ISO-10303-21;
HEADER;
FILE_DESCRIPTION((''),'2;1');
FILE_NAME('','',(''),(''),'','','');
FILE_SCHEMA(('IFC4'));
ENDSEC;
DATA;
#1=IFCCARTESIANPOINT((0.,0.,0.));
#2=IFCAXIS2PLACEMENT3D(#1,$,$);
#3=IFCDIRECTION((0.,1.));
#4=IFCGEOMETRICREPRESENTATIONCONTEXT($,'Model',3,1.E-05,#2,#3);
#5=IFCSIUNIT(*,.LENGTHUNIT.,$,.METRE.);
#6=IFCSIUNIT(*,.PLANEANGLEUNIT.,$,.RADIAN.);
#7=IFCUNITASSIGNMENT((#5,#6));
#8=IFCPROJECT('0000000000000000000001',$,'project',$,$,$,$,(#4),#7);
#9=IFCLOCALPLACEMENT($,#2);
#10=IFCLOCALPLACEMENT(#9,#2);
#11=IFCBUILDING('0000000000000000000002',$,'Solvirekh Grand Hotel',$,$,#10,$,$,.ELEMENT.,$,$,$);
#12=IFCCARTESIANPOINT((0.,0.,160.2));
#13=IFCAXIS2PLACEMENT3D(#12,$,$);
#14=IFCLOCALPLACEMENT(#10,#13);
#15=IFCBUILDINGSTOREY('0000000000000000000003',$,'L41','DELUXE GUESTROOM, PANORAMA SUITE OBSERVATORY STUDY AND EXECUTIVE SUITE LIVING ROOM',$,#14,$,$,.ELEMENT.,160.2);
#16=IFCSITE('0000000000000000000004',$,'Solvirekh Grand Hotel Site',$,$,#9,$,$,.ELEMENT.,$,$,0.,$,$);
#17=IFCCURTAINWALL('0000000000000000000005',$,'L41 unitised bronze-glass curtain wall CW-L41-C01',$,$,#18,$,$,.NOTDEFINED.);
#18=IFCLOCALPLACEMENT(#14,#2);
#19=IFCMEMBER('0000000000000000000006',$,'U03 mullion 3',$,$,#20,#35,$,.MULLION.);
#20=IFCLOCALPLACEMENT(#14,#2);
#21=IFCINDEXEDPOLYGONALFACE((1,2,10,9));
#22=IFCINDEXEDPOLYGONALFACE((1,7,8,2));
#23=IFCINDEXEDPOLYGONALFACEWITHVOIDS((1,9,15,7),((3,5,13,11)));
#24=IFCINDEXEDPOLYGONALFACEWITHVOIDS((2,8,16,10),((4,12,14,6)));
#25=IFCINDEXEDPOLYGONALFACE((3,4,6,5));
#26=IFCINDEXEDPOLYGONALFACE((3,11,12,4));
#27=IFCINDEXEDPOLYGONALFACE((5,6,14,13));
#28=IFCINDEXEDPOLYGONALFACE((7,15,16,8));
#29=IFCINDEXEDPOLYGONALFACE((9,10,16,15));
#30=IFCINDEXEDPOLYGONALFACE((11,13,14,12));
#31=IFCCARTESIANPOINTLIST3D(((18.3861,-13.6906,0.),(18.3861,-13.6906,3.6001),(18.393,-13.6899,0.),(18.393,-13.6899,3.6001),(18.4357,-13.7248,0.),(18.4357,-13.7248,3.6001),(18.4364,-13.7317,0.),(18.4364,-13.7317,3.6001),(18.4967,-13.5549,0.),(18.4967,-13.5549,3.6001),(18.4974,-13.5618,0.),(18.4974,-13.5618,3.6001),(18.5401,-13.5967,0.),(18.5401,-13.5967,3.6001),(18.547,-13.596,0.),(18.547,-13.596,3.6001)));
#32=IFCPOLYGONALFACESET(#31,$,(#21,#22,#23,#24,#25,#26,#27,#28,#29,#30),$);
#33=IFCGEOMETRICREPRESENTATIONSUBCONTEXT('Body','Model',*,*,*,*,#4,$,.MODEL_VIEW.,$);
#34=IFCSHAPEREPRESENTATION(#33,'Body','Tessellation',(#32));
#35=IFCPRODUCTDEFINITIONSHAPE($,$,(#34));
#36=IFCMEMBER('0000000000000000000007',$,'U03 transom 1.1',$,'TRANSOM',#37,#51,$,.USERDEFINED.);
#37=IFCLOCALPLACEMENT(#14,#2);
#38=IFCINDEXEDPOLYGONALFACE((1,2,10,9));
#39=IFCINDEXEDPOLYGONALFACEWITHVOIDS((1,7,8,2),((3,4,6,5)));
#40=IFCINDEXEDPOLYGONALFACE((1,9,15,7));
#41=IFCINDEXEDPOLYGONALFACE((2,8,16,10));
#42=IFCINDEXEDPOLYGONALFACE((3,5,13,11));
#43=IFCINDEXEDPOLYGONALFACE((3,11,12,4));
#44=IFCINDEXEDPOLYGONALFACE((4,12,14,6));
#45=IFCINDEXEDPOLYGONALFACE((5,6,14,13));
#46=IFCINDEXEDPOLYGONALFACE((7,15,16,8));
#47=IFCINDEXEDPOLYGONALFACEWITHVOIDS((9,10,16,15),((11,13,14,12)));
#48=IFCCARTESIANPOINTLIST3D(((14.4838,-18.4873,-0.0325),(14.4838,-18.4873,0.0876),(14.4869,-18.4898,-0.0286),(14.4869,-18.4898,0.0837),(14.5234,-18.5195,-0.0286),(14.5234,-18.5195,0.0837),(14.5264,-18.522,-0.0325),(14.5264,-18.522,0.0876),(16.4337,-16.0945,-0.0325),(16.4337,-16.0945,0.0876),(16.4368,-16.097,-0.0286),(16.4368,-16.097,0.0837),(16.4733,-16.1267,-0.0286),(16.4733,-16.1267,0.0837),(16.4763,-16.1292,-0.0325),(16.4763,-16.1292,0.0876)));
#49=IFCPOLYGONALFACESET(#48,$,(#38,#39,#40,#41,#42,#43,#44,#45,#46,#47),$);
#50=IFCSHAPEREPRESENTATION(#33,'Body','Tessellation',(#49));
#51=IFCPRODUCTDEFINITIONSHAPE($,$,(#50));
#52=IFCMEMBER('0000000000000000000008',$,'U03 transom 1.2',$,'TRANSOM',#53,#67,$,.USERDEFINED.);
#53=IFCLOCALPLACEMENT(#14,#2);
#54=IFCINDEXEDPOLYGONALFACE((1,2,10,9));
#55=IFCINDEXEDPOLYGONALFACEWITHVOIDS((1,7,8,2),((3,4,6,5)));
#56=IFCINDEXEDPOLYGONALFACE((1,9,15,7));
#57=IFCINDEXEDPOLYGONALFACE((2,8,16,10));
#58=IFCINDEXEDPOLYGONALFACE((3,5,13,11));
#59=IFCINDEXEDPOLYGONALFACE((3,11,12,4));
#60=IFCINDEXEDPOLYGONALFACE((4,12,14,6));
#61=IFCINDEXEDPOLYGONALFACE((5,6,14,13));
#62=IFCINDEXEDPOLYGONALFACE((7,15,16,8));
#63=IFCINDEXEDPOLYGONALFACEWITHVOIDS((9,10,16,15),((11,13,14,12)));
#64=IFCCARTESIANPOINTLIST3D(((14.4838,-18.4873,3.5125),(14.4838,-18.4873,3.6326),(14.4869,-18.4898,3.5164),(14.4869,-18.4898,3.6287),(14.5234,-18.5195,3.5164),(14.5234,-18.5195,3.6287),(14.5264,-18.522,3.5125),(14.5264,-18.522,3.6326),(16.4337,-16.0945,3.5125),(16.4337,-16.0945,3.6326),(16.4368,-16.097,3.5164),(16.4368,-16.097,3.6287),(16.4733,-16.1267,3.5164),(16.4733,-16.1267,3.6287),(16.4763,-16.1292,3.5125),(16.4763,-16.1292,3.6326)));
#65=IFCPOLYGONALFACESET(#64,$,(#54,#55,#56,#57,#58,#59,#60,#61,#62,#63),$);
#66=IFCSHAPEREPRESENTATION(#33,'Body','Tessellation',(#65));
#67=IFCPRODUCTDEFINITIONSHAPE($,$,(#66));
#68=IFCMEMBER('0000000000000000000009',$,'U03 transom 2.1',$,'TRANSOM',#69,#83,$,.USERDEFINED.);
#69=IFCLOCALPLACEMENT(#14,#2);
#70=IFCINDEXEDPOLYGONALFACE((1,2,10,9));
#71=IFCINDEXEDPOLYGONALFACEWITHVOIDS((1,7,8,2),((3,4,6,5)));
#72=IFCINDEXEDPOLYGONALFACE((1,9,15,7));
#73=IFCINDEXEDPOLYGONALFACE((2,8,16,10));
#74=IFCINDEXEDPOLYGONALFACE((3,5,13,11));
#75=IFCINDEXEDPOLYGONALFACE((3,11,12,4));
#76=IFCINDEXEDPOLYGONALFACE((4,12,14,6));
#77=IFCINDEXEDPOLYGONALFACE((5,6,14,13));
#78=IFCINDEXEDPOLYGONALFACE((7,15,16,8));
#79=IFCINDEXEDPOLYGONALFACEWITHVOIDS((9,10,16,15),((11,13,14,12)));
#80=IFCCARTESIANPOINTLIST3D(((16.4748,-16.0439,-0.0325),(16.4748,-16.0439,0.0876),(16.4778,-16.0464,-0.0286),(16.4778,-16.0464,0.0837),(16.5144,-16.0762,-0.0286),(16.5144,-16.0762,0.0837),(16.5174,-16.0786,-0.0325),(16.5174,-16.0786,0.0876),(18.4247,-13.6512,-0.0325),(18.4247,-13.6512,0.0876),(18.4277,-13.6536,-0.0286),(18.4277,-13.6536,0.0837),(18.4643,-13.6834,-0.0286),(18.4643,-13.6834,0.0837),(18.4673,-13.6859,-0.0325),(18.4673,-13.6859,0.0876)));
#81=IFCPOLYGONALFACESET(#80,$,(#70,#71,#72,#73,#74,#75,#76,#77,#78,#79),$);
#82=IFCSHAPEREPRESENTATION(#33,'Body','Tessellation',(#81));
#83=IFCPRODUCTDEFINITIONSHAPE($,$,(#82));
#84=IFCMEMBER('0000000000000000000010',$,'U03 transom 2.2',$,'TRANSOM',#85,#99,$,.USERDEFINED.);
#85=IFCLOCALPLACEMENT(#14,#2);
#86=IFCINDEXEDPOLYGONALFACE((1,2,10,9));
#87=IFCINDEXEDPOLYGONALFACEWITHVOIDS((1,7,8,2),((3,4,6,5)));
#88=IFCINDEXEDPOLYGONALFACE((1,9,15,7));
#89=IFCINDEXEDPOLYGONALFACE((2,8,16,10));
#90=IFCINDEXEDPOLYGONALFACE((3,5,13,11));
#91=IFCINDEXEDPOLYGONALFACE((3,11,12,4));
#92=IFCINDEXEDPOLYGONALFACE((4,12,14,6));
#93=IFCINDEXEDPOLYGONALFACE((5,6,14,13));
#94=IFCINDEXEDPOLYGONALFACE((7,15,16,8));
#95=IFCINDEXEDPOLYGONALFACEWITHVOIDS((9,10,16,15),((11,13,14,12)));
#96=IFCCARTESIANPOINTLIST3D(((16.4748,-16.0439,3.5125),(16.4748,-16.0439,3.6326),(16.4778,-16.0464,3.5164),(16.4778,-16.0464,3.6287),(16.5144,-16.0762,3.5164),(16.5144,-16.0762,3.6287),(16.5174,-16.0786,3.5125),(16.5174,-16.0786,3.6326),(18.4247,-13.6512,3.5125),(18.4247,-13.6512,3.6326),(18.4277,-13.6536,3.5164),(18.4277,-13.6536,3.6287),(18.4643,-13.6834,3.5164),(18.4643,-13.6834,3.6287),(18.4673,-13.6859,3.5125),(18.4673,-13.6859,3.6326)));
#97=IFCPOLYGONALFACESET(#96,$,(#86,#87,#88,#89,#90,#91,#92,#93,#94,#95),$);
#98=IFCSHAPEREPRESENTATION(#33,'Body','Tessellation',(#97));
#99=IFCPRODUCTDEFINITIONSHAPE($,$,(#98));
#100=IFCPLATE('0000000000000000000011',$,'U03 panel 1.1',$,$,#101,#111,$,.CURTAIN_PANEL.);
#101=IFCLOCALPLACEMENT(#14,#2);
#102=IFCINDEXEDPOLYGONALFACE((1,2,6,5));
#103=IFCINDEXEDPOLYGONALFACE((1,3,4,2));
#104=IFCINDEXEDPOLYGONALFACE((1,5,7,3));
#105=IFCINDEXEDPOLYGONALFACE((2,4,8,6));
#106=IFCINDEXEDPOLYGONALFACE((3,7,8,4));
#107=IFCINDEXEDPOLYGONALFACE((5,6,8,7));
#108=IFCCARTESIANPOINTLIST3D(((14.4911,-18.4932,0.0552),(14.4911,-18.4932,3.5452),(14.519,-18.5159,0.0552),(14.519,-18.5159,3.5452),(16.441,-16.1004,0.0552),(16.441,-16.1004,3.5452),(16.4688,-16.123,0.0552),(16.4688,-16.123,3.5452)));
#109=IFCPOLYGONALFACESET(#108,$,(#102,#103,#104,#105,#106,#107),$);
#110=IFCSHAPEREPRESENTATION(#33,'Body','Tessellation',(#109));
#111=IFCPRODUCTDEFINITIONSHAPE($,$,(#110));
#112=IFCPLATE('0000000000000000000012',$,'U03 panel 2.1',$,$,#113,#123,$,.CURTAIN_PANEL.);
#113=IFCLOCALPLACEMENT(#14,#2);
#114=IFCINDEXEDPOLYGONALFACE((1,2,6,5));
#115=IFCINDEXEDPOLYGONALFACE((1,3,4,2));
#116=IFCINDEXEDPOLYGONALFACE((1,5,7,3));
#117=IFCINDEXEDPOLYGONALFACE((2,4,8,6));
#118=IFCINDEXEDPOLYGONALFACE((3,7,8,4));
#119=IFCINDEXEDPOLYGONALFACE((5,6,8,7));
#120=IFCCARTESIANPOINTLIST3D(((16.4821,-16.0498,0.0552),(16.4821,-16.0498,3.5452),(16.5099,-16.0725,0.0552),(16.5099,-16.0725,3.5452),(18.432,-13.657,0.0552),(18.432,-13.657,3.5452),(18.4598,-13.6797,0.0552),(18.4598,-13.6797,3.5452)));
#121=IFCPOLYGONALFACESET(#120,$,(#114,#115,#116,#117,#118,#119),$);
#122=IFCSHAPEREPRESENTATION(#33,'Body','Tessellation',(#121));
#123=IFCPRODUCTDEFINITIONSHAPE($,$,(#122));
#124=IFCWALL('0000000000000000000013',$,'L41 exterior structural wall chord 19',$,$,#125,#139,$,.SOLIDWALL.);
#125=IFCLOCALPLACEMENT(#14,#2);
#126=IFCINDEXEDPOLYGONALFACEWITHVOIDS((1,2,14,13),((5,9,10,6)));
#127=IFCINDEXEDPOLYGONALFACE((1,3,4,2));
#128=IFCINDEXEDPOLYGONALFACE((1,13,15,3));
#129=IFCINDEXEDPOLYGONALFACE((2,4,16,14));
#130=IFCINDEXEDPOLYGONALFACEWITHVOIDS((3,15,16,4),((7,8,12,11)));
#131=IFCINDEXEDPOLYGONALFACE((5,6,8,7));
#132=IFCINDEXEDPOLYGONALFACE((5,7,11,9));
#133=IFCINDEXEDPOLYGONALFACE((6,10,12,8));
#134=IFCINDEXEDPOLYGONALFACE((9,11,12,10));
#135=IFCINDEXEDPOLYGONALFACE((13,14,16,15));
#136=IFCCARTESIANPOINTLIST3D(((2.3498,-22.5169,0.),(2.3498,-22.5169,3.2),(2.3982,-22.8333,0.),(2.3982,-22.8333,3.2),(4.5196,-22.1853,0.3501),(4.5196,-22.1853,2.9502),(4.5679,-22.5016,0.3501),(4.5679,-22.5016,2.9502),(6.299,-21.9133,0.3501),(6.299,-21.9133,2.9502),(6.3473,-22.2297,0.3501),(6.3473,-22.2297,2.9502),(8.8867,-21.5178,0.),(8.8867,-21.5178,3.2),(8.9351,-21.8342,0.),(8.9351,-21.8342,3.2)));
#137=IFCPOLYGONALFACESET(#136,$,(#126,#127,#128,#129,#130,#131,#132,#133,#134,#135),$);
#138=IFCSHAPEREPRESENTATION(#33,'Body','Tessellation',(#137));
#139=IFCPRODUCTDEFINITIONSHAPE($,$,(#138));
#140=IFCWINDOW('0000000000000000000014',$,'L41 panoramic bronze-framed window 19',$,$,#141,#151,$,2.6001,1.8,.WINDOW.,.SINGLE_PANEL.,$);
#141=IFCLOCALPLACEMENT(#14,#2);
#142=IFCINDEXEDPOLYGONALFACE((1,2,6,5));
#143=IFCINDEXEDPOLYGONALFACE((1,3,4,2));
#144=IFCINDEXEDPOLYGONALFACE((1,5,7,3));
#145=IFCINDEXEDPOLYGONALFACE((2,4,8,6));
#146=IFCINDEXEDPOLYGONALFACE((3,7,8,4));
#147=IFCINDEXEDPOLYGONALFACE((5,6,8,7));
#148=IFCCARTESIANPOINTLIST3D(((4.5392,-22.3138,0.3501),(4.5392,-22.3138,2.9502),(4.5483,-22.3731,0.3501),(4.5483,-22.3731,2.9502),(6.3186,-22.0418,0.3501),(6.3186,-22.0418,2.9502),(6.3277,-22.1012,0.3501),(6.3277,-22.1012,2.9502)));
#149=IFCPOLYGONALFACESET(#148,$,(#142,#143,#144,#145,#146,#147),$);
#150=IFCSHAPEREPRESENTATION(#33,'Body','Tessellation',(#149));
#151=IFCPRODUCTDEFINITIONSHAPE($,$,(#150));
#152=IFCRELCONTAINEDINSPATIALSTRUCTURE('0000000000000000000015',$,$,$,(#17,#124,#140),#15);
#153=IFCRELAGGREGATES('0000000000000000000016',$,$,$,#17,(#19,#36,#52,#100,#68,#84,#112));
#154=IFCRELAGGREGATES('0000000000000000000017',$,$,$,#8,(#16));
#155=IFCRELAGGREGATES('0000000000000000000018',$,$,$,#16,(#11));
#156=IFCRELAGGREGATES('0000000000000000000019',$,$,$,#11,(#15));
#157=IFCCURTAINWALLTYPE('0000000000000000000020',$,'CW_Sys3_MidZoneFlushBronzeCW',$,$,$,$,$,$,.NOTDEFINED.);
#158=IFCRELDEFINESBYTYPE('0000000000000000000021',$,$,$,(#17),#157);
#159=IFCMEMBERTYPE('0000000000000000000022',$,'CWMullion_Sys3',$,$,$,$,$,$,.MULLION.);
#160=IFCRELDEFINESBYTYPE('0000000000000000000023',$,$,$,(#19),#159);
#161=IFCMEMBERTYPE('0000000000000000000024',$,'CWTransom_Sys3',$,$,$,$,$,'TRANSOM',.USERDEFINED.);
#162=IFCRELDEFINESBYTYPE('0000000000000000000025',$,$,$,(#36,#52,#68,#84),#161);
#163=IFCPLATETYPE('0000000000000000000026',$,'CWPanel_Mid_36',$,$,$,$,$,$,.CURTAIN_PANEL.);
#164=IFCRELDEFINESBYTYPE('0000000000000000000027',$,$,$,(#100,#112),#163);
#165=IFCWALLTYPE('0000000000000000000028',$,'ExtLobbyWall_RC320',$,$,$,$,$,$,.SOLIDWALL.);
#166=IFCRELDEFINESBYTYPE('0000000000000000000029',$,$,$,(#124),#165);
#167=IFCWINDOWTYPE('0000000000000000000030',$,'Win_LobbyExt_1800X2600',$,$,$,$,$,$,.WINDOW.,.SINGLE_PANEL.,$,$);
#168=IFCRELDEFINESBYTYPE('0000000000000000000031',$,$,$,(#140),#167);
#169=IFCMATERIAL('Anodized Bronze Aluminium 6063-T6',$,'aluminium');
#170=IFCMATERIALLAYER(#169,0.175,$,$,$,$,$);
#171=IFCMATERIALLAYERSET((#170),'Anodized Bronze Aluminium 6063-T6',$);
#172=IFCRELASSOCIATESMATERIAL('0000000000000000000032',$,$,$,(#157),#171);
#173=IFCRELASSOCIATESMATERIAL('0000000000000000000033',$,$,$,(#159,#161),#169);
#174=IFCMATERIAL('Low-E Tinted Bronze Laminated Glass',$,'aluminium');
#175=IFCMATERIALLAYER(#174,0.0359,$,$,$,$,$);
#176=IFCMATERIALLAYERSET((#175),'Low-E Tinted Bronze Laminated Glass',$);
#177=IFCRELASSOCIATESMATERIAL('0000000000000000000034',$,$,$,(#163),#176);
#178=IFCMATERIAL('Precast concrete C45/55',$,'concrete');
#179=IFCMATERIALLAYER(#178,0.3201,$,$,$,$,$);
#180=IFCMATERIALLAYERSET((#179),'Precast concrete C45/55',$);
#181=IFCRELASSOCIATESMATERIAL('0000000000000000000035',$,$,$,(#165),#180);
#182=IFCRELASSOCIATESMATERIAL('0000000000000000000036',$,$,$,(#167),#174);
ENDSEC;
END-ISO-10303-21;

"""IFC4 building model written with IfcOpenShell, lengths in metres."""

from ifc_helpers import new_model, si_unit, direction, frame, frame_2d, origin, origin_2d, place, context, subcontext, project, spatial, rectangle, hollow_rectangle, extrude, source, transform, mapped, material, layer, layer_set, material_profile, profile_set, type_object, element, fill, aggregate, save


model = new_model("IFC4")

# Units and contexts
model_context = context("Model", 3, precision=1e-05, world=origin(), true_north=direction((0.0, 1.0)))
body_context = subcontext(model_context, "Body", "Model", "MODEL_VIEW")
ifc_project = project(units=[si_unit("LENGTHUNIT", "METRE"), si_unit("PLANEANGLEUNIT", "RADIAN")], contexts=[model_context])

# Site, building, storey
site_placement = place(None, origin())
site = spatial("IfcSite", under=ifc_project, at=site_placement, Name="Solvirekh Grand Hotel Site", CompositionType="ELEMENT", RefElevation=0.0)
building_placement = place(site_placement, origin())
building = spatial("IfcBuilding", under=site, at=building_placement, Name="Solvirekh Grand Hotel", CompositionType="ELEMENT")
storey_placement = place(building_placement, frame((0.0, 0.0, 160.2)))
storey = spatial("IfcBuildingStorey", under=building, at=storey_placement, Name="L41", Description="DELUXE GUESTROOM, PANORAMA SUITE OBSERVATORY STUDY AND EXECUTIVE SUITE LIVING ROOM", CompositionType="ELEMENT", Elevation=160.2)

# Curtain wall, members, plates
ifc_material_1 = material(Name="Anodized Bronze Aluminium 6063-T6", Category="aluminium")
ifc_layer_1 = layer(ifc_material_1, 0.175)
ifc_layer_set_1 = layer_set([ifc_layer_1], Name="Anodized Bronze Aluminium 6063-T6")
curtain_wall_type = type_object("IfcCurtainWallType", Name="CW_Sys3_MidZoneFlushBronzeCW", PredefinedType="NOTDEFINED", material=ifc_layer_set_1)
curtain_wall_placement = place(storey_placement, origin())
curtain_wall = element("IfcCurtainWall", 1, at=curtain_wall_placement, inside=storey, type_object=curtain_wall_type, Name="L41 unitised bronze-glass curtain wall CW-L41-C01", PredefinedType="NOTDEFINED")
ifc_material_profile_1 = material_profile(ifc_material_1, hollow_rectangle(XDim=0.0649, YDim=0.175, WallThickness=0.0049, at=origin_2d()), Name="ALU RHS 175X65X5")
ifc_profile_set_1 = profile_set([ifc_material_profile_1], Name="Anodized Bronze Aluminium 6063-T6")
member_type_1 = type_object("IfcMemberType", Name="CWMullion_Sys3", PredefinedType="MULLION", material=ifc_profile_set_1)
shared_shape_1 = source(origin(), body_context, "Body", "SweptSolid", [
    extrude(hollow_rectangle(XDim=0.0649, YDim=0.175, WallThickness=0.0049, at=origin_2d()), origin(), (0.0, 0.0, 1.0), 3.6001),
])
member_1_placement = place(storey_placement, frame((18.4666, -13.6433, 0.0), z_axis=(0.0, 0.0, 1.0), x_axis=(-0.775215, 0.631697, 0.0)))
member_1 = element("IfcMember", 2, at=member_1_placement, type_object=member_type_1, Name="U03 mullion 3", PredefinedType="MULLION", context=body_context, shape_type="MappedRepresentation", body=[
    mapped(shared_shape_1, transform((0.0, 0.0, 0.0), x_axis=(1.0, 0.0, 0.0), y_axis=(0.0, 1.0, 0.0), z_axis=(0.0, 0.0, 1.0), scale=1.0)),
])
ifc_material_profile_2 = material_profile(ifc_material_1, hollow_rectangle(XDim=0.0549, YDim=0.1201, WallThickness=0.0039, at=origin_2d()), Name="ALU RHS 120X55X4")
ifc_profile_set_2 = profile_set([ifc_material_profile_2], Name="Anodized Bronze Aluminium 6063-T6")
member_type_2 = type_object("IfcMemberType", Name="CWTransom_Sys3", ElementType="TRANSOM", PredefinedType="USERDEFINED", material=ifc_profile_set_2)
shared_shape_2 = source(origin(), body_context, "Body", "SweptSolid", [
    extrude(hollow_rectangle(XDim=0.0549, YDim=0.1201, WallThickness=0.0039, at=origin_2d()), origin(), (0.0, 0.0, 1.0), 3.0867),
])
member_2_placement = place(storey_placement, frame((14.5051, -18.5046, 0.0276), z_axis=(0.63172, 0.775196, 0.0), x_axis=(-0.775196, 0.63172, 0.0)))
member_2 = element("IfcMember", 3, at=member_2_placement, type_object=member_type_2, Name="U03 transom 1.1", ObjectType="TRANSOM", PredefinedType="USERDEFINED", context=body_context, shape_type="MappedRepresentation", body=[
    mapped(shared_shape_2, transform((0.0, 0.0, 0.0), x_axis=(1.0, 0.0, 0.0), y_axis=(0.0, 1.0, 0.0), z_axis=(0.0, 0.0, 1.0), scale=1.0)),
])
member_3_placement = place(storey_placement, frame((14.5051, -18.5046, 3.5725), z_axis=(0.63172, 0.775196, 0.0), x_axis=(-0.775196, 0.63172, 0.0)))
member_3 = element("IfcMember", 4, at=member_3_placement, type_object=member_type_2, Name="U03 transom 1.2", ObjectType="TRANSOM", PredefinedType="USERDEFINED", context=body_context, shape_type="MappedRepresentation", body=[
    mapped(shared_shape_2, transform((0.0, 0.0, 0.0), x_axis=(1.0, 0.0, 0.0), y_axis=(0.0, 1.0, 0.0), z_axis=(0.0, 0.0, 1.0), scale=1.0)),
])
member_4_placement = place(storey_placement, frame((16.4961, -16.0613, 0.0276), z_axis=(0.63172, 0.775196, 0.0), x_axis=(-0.775196, 0.63172, 0.0)))
member_4 = element("IfcMember", 5, at=member_4_placement, type_object=member_type_2, Name="U03 transom 2.1", ObjectType="TRANSOM", PredefinedType="USERDEFINED", context=body_context, shape_type="MappedRepresentation", body=[
    mapped(shared_shape_2, transform((0.0, 0.0, 0.0), x_axis=(1.0, 0.0, 0.0), y_axis=(0.0, 1.0, 0.0), z_axis=(0.0, 0.0, 1.0), scale=1.0)),
])
member_5_placement = place(storey_placement, frame((16.4961, -16.0613, 3.5725), z_axis=(0.63172, 0.775196, 0.0), x_axis=(-0.775196, 0.63172, 0.0)))
member_5 = element("IfcMember", 6, at=member_5_placement, type_object=member_type_2, Name="U03 transom 2.2", ObjectType="TRANSOM", PredefinedType="USERDEFINED", context=body_context, shape_type="MappedRepresentation", body=[
    mapped(shared_shape_2, transform((0.0, 0.0, 0.0), x_axis=(1.0, 0.0, 0.0), y_axis=(0.0, 1.0, 0.0), z_axis=(0.0, 0.0, 1.0), scale=1.0)),
])
ifc_material_2 = material(Name="Low-E Tinted Bronze Laminated Glass", Category="aluminium")
ifc_layer_2 = layer(ifc_material_2, 0.0359)
ifc_layer_set_2 = layer_set([ifc_layer_2], Name="Low-E Tinted Bronze Laminated Glass")
plate_type = type_object("IfcPlateType", Name="CWPanel_Mid_36", PredefinedType="CURTAIN_PANEL", material=ifc_layer_set_2)
shared_shape_3 = source(origin(), body_context, "Body", "SweptSolid", [
    extrude(rectangle(XDim=3.0867, YDim=0.0359, at=origin_2d()), origin(), (0.0, 0.0, 1.0), 3.49),
])
plate_1_placement = place(storey_placement, frame((15.48, -17.3081, 0.0552), z_axis=(0.0, 0.0, 1.0), x_axis=(0.631697, 0.775215, 0.0)))
plate_1 = element("IfcPlate", 7, at=plate_1_placement, type_object=plate_type, Name="U03 panel 1.1", PredefinedType="CURTAIN_PANEL", context=body_context, shape_type="MappedRepresentation", body=[
    mapped(shared_shape_3, transform((0.0, 0.0, 0.0), x_axis=(1.0, 0.0, 0.0), y_axis=(0.0, 1.0, 0.0), z_axis=(0.0, 0.0, 1.0), scale=1.0)),
])
plate_2_placement = place(storey_placement, frame((17.4709, -14.8647, 0.0552), z_axis=(0.0, 0.0, 1.0), x_axis=(0.631697, 0.775215, 0.0)))
plate_2 = element("IfcPlate", 8, at=plate_2_placement, type_object=plate_type, Name="U03 panel 2.1", PredefinedType="CURTAIN_PANEL", context=body_context, shape_type="MappedRepresentation", body=[
    mapped(shared_shape_3, transform((0.0, 0.0, 0.0), x_axis=(1.0, 0.0, 0.0), y_axis=(0.0, 1.0, 0.0), z_axis=(0.0, 0.0, 1.0), scale=1.0)),
])
aggregate(curtain_wall, [member_1, member_2, member_3, plate_1, member_4, member_5, plate_2])

# Wall, opening, window
ifc_material_3 = material(Name="Precast concrete C45/55", Category="concrete")
ifc_layer_3 = layer(ifc_material_3, 0.3201)
ifc_layer_set_3 = layer_set([ifc_layer_3], Name="Precast concrete C45/55")
wall_type_1 = type_object("IfcWallType", Name="ExtLobbyWall_RC320", PredefinedType="SOLIDWALL", material=ifc_layer_set_3)
wall_1_placement = place(storey_placement, frame((8.9109, -21.676, 0.0), z_axis=(0.0, 0.0, 1.0), x_axis=(-0.988522, -0.151075, 0.0)))
wall_1 = element("IfcWall", 9, at=wall_1_placement, inside=storey, type_object=wall_type_1, Name="L41 exterior structural wall chord 19", PredefinedType="SOLIDWALL", context=body_context, shape_type="SweptSolid", body=[
    extrude(rectangle(XDim=6.6128, YDim=0.3201, at=frame_2d((3.3064, 0.0))), origin(), (0.0, 0.0, 1.0), 3.2),
])
opening_1_placement = place(wall_1_placement, frame((2.6179, 0.0, 0.3501)))
opening_1 = element("IfcOpeningElement", 10, at=opening_1_placement, cuts=wall_1, PredefinedType="OPENING", context=body_context, shape_type="SweptSolid", body=[
    extrude(rectangle(XDim=1.8, YDim=2.6001, at=frame_2d((0.8999, 1.3))), frame((0.0, 0.1699, 0.0), z_axis=(0.0, -1.0, 0.0), x_axis=(1.0, 0.0, 0.0)), (0.0, 0.0, 1.0), 0.3401),
])
window_type = type_object("IfcWindowType", Name="Win_LobbyExt_1800X2600", PartitioningType="SINGLE_PANEL", PredefinedType="WINDOW", material=ifc_material_2)
window_1_placement = place(opening_1_placement, origin())
window_1 = element("IfcWindow", 11, at=window_1_placement, inside=storey, type_object=window_type, Name="L41 panoramic bronze-framed window 19", OverallHeight=2.6001, OverallWidth=1.8, PartitioningType="SINGLE_PANEL", PredefinedType="WINDOW", context=body_context, shape_type="SweptSolid", body=[
    extrude(rectangle(XDim=1.8, YDim=2.6001, at=frame_2d((0.8999, 1.3))), frame((0.0, 0.03, 0.0), z_axis=(0.0, -1.0, 0.0), x_axis=(1.0, 0.0, 0.0)), (0.0, 0.0, 1.0), 0.0601),
])
fill(opening_1, window_1)

save(model, "model.ifc")
